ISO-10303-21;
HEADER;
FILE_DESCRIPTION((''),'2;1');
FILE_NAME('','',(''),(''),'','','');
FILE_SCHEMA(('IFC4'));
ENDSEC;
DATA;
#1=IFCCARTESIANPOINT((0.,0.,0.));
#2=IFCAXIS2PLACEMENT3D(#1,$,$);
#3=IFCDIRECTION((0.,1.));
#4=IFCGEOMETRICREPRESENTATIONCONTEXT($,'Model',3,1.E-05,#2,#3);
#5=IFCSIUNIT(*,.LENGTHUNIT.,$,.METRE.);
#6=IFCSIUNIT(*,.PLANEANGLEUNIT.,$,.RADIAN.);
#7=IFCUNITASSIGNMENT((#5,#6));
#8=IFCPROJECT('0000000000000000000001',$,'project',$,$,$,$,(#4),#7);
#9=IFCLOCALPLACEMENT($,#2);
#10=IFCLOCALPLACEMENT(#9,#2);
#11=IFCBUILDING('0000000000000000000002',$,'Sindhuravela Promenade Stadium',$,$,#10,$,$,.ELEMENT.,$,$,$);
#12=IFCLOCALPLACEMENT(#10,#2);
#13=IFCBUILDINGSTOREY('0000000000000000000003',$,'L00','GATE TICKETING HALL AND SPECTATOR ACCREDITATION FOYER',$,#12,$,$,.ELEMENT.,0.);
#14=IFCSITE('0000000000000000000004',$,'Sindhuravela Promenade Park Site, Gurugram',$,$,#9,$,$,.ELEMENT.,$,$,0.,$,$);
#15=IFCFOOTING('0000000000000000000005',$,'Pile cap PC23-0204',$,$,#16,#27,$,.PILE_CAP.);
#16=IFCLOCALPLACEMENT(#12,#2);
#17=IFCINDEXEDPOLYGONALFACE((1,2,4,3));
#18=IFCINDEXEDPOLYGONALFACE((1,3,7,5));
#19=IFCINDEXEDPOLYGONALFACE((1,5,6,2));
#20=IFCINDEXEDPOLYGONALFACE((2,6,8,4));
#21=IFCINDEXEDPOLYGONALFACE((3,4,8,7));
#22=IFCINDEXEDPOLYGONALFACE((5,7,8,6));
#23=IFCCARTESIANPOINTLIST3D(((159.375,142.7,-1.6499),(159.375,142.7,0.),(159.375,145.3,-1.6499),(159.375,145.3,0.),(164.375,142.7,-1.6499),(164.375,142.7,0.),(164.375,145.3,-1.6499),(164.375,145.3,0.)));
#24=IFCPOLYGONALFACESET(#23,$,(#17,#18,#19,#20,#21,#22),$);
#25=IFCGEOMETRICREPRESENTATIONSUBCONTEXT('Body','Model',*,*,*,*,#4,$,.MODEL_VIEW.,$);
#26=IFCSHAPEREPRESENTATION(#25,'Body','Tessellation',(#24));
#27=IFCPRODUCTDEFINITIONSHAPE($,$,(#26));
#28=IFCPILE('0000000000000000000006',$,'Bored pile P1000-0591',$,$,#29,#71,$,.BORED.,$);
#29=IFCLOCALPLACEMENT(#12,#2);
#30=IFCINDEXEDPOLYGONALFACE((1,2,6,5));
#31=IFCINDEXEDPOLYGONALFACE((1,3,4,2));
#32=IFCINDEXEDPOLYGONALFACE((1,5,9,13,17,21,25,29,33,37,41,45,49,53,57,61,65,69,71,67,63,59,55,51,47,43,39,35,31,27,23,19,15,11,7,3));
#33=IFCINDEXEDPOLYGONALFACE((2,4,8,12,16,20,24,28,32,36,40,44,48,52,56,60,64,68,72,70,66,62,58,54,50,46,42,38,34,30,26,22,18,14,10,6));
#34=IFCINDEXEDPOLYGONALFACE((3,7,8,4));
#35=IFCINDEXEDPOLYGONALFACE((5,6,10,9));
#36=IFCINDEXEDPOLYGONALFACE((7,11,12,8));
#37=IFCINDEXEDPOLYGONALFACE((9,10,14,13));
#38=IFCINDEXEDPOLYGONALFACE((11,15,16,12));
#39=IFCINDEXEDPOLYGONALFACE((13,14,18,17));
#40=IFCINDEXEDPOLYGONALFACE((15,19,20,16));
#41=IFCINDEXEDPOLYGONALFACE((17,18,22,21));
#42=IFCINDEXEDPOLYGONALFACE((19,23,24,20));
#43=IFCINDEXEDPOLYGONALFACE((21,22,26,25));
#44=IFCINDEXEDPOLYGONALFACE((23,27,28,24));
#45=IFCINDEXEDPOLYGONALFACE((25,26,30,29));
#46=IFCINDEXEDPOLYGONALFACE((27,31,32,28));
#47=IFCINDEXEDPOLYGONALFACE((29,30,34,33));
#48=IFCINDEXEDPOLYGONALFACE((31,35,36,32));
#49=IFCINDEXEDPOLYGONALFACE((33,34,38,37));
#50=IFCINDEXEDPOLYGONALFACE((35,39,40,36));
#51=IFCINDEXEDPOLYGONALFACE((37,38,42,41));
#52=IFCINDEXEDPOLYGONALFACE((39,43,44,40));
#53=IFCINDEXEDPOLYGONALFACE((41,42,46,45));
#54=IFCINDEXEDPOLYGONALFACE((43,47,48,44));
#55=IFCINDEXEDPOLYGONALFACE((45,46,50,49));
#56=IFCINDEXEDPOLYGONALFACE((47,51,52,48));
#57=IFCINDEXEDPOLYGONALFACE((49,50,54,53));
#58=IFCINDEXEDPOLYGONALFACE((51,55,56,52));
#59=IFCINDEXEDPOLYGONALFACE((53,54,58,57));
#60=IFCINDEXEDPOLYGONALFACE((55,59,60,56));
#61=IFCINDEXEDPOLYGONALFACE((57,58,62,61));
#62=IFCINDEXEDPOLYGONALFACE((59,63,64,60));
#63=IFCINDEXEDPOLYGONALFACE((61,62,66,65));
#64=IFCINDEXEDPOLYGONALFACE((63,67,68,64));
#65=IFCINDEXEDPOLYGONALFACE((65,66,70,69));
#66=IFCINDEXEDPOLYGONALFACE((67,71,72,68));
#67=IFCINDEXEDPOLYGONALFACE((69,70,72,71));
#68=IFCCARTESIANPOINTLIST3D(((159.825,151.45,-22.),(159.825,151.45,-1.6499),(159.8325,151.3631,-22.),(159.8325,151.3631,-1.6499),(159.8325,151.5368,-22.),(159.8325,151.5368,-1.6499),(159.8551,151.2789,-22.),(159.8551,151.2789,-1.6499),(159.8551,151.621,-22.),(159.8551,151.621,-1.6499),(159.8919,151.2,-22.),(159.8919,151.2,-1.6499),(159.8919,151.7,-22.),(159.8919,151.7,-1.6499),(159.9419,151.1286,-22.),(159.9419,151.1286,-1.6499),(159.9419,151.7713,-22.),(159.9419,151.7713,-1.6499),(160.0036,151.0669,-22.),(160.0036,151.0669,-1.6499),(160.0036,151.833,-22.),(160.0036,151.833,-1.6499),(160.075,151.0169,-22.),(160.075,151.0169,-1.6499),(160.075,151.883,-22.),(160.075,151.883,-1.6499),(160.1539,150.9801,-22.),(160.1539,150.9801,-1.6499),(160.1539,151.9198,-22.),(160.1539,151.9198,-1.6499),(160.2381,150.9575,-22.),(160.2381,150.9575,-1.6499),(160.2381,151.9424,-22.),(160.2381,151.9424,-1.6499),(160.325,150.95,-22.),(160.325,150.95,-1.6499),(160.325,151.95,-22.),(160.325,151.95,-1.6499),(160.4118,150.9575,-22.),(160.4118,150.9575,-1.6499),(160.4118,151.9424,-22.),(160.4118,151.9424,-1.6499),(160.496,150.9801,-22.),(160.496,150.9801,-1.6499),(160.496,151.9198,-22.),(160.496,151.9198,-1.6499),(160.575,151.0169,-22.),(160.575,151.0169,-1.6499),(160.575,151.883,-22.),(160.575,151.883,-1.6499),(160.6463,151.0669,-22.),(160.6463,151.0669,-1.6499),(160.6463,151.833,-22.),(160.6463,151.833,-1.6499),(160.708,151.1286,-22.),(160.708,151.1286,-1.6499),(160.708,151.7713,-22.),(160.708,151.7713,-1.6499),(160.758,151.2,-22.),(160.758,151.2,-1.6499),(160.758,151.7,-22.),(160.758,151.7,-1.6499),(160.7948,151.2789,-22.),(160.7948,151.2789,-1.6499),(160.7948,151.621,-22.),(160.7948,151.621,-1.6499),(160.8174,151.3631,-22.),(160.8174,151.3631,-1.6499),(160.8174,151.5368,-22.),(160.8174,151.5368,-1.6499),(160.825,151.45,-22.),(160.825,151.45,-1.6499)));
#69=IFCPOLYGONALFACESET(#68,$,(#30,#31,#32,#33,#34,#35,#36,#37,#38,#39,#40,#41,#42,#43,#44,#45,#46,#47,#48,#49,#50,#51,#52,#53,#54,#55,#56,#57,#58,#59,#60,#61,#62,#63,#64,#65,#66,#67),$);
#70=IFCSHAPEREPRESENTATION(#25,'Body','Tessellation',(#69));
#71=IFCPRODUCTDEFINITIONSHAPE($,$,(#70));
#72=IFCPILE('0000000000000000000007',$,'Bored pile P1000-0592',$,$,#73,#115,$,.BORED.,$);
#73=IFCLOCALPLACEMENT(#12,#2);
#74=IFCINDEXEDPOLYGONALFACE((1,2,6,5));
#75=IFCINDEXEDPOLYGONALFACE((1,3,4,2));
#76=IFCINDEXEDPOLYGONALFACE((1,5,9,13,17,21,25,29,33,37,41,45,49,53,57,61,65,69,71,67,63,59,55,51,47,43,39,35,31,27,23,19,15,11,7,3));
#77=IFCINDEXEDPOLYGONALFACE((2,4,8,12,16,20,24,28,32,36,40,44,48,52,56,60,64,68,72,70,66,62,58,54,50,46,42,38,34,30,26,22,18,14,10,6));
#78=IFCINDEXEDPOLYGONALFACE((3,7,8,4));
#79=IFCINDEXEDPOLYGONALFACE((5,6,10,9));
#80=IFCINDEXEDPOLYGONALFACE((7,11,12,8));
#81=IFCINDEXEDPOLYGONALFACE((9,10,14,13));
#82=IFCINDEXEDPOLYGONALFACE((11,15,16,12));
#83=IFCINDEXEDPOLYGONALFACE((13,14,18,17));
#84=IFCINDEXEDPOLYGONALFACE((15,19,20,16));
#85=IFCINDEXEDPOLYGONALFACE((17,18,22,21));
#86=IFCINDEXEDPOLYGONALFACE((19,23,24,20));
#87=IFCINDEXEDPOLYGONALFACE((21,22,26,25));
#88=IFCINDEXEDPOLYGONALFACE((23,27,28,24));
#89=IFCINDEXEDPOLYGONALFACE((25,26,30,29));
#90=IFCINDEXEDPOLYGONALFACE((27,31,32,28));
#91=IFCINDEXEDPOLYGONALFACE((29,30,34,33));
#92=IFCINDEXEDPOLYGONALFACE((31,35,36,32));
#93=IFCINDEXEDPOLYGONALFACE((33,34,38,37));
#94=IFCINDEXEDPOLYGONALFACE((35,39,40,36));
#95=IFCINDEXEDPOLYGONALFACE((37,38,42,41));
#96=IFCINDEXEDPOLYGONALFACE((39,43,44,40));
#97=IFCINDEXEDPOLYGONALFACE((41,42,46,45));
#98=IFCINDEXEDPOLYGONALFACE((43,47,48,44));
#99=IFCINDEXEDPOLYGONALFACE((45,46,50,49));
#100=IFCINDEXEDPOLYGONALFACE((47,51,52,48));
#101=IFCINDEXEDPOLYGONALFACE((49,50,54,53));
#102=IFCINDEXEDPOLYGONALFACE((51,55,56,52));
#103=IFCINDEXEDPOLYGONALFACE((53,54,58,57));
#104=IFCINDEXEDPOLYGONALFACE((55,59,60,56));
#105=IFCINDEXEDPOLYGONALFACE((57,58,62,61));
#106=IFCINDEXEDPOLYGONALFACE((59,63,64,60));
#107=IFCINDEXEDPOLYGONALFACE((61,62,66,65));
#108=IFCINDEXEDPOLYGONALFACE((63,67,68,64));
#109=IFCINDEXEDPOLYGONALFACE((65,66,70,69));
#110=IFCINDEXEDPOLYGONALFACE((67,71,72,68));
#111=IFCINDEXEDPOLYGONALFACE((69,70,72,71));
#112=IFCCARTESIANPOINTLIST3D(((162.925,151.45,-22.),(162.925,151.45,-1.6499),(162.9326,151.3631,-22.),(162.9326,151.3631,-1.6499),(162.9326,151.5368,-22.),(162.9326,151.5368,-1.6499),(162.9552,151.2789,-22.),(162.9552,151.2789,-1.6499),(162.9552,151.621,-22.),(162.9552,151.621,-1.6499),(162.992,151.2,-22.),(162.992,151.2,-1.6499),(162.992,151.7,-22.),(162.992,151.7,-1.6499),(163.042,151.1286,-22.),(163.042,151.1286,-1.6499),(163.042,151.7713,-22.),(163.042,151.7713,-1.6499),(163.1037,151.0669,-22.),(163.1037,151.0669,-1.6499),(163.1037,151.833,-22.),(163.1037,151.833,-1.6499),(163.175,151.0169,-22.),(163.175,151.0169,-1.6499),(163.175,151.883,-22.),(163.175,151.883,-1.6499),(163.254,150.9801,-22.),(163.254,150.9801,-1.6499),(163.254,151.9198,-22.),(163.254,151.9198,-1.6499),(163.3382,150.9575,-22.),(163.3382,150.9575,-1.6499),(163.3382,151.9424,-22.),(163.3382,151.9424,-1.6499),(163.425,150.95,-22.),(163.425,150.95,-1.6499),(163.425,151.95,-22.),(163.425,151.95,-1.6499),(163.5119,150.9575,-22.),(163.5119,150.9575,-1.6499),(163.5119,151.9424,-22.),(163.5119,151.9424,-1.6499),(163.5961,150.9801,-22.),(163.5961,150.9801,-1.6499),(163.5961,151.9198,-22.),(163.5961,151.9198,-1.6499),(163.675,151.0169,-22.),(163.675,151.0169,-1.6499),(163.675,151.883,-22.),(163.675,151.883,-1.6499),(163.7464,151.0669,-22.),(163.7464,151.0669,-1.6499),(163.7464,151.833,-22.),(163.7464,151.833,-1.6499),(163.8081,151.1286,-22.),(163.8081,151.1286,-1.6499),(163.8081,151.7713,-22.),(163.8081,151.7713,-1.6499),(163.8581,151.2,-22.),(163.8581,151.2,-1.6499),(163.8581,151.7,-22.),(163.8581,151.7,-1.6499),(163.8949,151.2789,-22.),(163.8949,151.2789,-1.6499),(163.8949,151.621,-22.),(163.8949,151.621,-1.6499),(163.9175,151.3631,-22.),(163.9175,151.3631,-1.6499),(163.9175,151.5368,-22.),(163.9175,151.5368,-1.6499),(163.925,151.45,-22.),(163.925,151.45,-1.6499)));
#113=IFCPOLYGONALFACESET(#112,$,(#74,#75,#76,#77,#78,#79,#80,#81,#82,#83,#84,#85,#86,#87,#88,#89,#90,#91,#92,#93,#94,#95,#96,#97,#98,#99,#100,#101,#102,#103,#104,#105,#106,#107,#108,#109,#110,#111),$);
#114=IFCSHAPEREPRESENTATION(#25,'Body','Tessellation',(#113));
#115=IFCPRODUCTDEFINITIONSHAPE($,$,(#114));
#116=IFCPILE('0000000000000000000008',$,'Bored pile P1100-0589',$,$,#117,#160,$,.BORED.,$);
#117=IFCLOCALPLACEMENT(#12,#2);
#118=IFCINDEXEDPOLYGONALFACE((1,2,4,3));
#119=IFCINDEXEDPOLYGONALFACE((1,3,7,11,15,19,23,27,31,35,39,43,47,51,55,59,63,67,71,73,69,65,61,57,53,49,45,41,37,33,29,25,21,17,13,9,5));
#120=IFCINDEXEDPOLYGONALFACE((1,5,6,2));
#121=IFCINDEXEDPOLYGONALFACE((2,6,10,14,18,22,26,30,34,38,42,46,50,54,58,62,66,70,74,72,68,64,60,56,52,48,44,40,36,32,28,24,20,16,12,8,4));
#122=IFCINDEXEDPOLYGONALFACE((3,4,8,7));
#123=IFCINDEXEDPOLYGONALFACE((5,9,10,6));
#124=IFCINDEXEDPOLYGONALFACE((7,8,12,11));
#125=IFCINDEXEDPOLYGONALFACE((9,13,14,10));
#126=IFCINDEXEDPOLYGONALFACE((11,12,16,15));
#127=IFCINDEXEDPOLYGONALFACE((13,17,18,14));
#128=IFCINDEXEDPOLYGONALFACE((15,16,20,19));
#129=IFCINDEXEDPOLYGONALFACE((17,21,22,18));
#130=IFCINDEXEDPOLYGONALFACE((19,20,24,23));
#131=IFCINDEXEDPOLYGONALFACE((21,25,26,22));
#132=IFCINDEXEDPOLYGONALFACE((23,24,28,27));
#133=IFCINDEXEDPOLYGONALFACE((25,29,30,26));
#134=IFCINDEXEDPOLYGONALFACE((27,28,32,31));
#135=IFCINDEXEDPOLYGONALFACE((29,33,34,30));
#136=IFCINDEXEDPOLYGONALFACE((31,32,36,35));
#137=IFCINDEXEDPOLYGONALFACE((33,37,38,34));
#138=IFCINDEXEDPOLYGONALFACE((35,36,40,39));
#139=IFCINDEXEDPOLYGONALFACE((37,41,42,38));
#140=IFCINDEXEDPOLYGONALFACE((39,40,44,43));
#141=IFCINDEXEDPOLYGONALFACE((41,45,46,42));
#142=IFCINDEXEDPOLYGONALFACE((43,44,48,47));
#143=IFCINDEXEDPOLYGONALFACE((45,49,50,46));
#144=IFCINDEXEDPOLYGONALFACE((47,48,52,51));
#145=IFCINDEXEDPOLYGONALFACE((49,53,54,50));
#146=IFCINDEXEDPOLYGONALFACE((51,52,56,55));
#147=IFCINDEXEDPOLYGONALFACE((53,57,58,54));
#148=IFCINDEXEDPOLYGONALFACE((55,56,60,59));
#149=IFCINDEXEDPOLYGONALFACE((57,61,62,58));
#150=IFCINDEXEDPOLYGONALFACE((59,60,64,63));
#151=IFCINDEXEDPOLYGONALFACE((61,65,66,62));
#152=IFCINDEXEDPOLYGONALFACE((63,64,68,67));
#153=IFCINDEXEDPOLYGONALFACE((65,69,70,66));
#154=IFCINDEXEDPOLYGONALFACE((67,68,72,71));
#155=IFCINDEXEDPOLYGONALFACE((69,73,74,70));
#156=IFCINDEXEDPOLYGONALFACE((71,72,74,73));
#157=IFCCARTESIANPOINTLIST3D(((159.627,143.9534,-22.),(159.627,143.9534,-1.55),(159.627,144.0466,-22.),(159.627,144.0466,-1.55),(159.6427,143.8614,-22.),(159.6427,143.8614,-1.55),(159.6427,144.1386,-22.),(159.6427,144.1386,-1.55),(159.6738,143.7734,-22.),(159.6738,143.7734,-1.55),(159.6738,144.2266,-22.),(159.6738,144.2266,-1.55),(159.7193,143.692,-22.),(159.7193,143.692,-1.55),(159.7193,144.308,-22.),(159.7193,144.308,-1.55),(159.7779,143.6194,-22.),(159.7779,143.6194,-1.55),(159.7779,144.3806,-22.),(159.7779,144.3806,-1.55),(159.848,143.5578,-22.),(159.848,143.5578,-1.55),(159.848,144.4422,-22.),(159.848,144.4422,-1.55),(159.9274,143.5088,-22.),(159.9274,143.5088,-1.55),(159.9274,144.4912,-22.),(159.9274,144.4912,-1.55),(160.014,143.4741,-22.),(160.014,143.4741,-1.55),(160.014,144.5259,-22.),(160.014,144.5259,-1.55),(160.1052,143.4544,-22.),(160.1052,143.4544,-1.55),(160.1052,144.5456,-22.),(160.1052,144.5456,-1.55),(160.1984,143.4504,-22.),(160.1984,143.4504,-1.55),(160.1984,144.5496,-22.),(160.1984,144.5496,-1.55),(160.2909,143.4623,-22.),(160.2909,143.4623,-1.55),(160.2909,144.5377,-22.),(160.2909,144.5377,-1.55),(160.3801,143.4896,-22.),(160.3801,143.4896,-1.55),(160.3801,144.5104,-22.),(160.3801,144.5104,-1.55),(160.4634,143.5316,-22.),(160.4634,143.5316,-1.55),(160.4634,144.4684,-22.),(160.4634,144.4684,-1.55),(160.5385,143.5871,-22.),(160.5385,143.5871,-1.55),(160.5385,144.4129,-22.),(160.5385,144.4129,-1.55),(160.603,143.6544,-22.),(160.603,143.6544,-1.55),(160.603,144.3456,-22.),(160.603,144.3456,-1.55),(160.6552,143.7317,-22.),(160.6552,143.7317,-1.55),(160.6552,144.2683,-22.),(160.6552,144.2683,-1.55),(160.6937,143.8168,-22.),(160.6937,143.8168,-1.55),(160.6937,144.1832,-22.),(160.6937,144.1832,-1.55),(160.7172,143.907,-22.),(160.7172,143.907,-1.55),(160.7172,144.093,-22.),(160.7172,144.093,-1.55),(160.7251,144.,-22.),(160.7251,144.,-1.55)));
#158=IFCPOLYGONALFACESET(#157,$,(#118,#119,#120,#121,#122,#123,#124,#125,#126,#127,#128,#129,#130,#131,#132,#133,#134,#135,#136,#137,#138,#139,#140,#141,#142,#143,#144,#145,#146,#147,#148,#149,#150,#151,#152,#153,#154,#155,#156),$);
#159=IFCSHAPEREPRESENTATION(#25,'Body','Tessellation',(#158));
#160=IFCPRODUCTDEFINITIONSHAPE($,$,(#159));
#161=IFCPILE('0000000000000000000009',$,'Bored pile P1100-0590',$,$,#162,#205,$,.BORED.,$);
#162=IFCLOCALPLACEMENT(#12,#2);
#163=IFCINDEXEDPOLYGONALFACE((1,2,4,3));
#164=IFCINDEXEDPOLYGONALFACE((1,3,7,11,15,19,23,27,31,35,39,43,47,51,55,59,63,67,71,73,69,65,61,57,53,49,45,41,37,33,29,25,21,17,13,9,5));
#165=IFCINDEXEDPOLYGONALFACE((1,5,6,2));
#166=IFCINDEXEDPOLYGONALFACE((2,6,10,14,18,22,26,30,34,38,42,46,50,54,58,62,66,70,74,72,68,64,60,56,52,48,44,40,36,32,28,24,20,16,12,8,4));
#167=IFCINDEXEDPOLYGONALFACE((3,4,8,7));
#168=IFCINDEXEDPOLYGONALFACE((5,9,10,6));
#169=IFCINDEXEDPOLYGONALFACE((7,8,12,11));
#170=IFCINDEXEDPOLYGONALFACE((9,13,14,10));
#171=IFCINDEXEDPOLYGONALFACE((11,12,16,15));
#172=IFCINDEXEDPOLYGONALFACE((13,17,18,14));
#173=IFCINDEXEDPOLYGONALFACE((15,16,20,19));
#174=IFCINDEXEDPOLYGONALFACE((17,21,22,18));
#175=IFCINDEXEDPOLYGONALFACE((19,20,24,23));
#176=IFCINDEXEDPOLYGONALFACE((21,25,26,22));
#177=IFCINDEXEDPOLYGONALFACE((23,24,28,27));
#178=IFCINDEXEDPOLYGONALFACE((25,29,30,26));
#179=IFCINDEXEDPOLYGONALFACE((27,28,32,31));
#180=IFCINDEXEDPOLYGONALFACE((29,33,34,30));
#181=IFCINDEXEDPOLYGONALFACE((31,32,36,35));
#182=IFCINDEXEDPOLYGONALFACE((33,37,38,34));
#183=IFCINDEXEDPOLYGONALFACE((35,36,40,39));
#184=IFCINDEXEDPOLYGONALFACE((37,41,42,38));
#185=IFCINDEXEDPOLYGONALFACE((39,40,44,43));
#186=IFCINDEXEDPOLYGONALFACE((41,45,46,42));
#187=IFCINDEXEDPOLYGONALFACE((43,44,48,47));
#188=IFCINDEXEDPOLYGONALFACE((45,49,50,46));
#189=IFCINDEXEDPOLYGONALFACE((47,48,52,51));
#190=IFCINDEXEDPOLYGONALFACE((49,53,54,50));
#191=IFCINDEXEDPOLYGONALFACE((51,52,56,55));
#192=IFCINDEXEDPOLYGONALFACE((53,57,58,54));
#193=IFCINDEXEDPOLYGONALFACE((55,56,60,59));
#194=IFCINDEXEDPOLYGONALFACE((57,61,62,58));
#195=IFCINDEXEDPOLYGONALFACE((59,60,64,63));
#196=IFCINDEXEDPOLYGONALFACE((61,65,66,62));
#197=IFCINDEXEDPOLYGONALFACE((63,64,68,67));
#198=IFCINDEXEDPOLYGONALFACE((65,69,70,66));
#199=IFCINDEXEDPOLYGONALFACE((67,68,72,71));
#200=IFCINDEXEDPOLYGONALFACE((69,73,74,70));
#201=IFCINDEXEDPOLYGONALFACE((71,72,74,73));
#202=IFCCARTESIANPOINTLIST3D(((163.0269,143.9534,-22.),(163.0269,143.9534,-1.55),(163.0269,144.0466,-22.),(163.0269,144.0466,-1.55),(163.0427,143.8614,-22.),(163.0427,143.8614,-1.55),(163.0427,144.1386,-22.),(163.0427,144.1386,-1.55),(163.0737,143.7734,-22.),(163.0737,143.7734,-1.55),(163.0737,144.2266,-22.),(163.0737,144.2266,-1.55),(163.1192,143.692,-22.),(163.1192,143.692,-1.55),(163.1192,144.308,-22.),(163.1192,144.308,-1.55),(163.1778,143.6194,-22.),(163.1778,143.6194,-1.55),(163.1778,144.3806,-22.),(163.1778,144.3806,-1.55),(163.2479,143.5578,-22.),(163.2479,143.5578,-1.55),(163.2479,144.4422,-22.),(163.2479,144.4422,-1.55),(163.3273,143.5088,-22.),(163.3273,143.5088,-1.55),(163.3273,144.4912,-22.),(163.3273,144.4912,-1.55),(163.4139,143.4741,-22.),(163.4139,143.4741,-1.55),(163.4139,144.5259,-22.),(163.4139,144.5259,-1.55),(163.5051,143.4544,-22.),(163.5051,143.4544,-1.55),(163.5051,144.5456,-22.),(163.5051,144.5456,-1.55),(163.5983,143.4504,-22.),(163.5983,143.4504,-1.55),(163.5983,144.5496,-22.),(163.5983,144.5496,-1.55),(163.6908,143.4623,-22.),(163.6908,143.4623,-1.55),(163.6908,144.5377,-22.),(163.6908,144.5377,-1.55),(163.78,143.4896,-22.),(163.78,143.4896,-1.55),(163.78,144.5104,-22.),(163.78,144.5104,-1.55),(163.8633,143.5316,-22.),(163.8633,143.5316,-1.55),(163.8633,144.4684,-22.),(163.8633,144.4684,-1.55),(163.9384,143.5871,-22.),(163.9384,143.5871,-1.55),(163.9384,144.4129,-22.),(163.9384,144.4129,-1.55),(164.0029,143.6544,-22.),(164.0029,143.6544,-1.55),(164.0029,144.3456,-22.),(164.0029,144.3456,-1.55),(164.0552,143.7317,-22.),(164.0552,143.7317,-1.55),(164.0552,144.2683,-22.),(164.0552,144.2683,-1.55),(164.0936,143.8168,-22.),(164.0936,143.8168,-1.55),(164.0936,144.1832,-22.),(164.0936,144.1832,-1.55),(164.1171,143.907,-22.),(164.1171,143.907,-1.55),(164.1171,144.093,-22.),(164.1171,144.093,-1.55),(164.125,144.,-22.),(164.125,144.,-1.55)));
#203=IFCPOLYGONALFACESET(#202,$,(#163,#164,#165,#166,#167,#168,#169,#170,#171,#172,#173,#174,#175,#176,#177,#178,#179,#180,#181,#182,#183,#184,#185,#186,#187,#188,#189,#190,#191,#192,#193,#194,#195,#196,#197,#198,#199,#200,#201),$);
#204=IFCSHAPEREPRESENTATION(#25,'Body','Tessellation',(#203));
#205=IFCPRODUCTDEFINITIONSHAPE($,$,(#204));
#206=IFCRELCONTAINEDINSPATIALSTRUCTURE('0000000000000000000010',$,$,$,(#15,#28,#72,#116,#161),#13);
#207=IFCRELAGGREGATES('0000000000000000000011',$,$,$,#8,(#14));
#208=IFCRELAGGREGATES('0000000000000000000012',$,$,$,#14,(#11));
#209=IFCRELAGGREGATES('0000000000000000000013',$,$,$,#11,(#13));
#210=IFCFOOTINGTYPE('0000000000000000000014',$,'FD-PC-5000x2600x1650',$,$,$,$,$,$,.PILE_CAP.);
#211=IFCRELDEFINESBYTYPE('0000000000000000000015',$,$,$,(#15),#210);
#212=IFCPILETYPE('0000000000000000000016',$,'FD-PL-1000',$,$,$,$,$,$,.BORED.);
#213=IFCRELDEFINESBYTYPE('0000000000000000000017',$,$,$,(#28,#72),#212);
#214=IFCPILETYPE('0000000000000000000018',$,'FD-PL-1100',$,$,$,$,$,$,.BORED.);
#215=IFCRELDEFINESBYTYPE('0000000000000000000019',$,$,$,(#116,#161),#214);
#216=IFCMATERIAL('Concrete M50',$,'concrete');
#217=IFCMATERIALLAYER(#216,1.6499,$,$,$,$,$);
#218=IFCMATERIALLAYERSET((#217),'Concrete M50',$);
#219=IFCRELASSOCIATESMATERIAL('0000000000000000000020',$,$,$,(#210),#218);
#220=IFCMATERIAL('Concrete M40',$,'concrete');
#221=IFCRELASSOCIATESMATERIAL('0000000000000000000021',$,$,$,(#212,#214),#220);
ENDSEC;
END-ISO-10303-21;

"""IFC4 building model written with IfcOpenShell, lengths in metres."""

from ifc_helpers import new_model, si_unit, direction, frame, origin, origin_2d, place, context, subcontext, project, spatial, rectangle, circle, extrude, material, layer, layer_set, material_profile, profile_set, type_object, element, save


model = new_model("IFC4")

# Units and contexts
model_context = context("Model", 3, precision=1e-05, world=origin(), true_north=direction((0.0, 1.0)))
body_context = subcontext(model_context, "Body", "Model", "MODEL_VIEW")
ifc_project = project(units=[si_unit("LENGTHUNIT", "METRE"), si_unit("PLANEANGLEUNIT", "RADIAN")], contexts=[model_context])

# Site, building, storey
site_placement = place(None, origin())
site = spatial("IfcSite", under=ifc_project, at=site_placement, Name="Sindhuravela Promenade Park Site, Gurugram", CompositionType="ELEMENT", RefElevation=0.0)
building_placement = place(site_placement, origin())
building = spatial("IfcBuilding", under=site, at=building_placement, Name="Sindhuravela Promenade Stadium", CompositionType="ELEMENT")
storey_placement = place(building_placement, origin())
storey = spatial("IfcBuildingStorey", under=building, at=storey_placement, Name="L00", Description="GATE TICKETING HALL AND SPECTATOR ACCREDITATION FOYER", CompositionType="ELEMENT", Elevation=0.0)

# Footing
ifc_material_1 = material(Name="Concrete M50", Category="concrete")
ifc_layer_1 = layer(ifc_material_1, 1.6499)
ifc_layer_set_1 = layer_set([ifc_layer_1], Name="Concrete M50")
footing_type = type_object("IfcFootingType", Name="FD-PC-5000x2600x1650", PredefinedType="PILE_CAP", material=ifc_layer_set_1)
footing_placement = place(storey_placement, frame((161.875, 144.0, -1.6499), z_axis=(0.0, 0.0, 1.0), x_axis=(1.0, 0.0, 0.0)))
element("IfcFooting", 1, at=footing_placement, inside=storey, type_object=footing_type, Name="Pile cap PC23-0204", PredefinedType="PILE_CAP", context=body_context, shape_type="SweptSolid", body=[
    extrude(rectangle(XDim=5.0, YDim=2.6001, at=origin_2d()), origin(), (0.0, 0.0, 1.0), 1.6499),
])

# Piles
ifc_material_2 = material(Name="Concrete M40", Category="concrete")
ifc_material_profile_1 = material_profile(ifc_material_2, circle(Radius=0.5, at=origin_2d()), Name="BORED PILE D1000")
ifc_profile_set_1 = profile_set([ifc_material_profile_1], Name="Concrete M40")
pile_type_1 = type_object("IfcPileType", Name="FD-PL-1000", PredefinedType="BORED", material=ifc_profile_set_1)
for number, where, z_axis, x_axis, name in (
    (2, (160.325, 151.45, -1.6499), (0.0, 0.0, -1.0), (1.0, 0.0, 0.0), "Bored pile P1000-0591"),
    (3, (163.425, 151.45, -1.6499), (0.0, 0.0, -1.0), (1.0, 0.0, 0.0), "Bored pile P1000-0592"),
):
    element("IfcPile", number, at=place(storey_placement, frame(where, z_axis=z_axis, x_axis=x_axis)), inside=storey, type_object=pile_type_1, Name=name, PredefinedType="BORED", context=body_context, shape_type="SweptSolid", body=[
        extrude(circle(Radius=0.5, at=origin_2d()), origin(), (0.0, 0.0, 1.0), 20.3501),
    ])
ifc_material_profile_2 = material_profile(ifc_material_2, circle(Radius=0.55, at=origin_2d()), Name="BORED PILE D1100")
ifc_profile_set_2 = profile_set([ifc_material_profile_2], Name="Concrete M40")
pile_type_2 = type_object("IfcPileType", Name="FD-PL-1100", PredefinedType="BORED", material=ifc_profile_set_2)
for number, where, z_axis, x_axis, name in (
    (4, (160.175, 144.0, -1.55), (0.0, 0.0, -1.0), (1.0, 0.0, 0.0), "Bored pile P1100-0589"),
    (5, (163.575, 144.0, -1.55), (0.0, 0.0, -1.0), (1.0, 0.0, 0.0), "Bored pile P1100-0590"),
):
    element("IfcPile", number, at=place(storey_placement, frame(where, z_axis=z_axis, x_axis=x_axis)), inside=storey, type_object=pile_type_2, Name=name, PredefinedType="BORED", context=body_context, shape_type="SweptSolid", body=[
        extrude(circle(Radius=0.55, at=origin_2d()), origin(), (0.0, 0.0, 1.0), 20.45),
    ])

save(model, "model.ifc")
